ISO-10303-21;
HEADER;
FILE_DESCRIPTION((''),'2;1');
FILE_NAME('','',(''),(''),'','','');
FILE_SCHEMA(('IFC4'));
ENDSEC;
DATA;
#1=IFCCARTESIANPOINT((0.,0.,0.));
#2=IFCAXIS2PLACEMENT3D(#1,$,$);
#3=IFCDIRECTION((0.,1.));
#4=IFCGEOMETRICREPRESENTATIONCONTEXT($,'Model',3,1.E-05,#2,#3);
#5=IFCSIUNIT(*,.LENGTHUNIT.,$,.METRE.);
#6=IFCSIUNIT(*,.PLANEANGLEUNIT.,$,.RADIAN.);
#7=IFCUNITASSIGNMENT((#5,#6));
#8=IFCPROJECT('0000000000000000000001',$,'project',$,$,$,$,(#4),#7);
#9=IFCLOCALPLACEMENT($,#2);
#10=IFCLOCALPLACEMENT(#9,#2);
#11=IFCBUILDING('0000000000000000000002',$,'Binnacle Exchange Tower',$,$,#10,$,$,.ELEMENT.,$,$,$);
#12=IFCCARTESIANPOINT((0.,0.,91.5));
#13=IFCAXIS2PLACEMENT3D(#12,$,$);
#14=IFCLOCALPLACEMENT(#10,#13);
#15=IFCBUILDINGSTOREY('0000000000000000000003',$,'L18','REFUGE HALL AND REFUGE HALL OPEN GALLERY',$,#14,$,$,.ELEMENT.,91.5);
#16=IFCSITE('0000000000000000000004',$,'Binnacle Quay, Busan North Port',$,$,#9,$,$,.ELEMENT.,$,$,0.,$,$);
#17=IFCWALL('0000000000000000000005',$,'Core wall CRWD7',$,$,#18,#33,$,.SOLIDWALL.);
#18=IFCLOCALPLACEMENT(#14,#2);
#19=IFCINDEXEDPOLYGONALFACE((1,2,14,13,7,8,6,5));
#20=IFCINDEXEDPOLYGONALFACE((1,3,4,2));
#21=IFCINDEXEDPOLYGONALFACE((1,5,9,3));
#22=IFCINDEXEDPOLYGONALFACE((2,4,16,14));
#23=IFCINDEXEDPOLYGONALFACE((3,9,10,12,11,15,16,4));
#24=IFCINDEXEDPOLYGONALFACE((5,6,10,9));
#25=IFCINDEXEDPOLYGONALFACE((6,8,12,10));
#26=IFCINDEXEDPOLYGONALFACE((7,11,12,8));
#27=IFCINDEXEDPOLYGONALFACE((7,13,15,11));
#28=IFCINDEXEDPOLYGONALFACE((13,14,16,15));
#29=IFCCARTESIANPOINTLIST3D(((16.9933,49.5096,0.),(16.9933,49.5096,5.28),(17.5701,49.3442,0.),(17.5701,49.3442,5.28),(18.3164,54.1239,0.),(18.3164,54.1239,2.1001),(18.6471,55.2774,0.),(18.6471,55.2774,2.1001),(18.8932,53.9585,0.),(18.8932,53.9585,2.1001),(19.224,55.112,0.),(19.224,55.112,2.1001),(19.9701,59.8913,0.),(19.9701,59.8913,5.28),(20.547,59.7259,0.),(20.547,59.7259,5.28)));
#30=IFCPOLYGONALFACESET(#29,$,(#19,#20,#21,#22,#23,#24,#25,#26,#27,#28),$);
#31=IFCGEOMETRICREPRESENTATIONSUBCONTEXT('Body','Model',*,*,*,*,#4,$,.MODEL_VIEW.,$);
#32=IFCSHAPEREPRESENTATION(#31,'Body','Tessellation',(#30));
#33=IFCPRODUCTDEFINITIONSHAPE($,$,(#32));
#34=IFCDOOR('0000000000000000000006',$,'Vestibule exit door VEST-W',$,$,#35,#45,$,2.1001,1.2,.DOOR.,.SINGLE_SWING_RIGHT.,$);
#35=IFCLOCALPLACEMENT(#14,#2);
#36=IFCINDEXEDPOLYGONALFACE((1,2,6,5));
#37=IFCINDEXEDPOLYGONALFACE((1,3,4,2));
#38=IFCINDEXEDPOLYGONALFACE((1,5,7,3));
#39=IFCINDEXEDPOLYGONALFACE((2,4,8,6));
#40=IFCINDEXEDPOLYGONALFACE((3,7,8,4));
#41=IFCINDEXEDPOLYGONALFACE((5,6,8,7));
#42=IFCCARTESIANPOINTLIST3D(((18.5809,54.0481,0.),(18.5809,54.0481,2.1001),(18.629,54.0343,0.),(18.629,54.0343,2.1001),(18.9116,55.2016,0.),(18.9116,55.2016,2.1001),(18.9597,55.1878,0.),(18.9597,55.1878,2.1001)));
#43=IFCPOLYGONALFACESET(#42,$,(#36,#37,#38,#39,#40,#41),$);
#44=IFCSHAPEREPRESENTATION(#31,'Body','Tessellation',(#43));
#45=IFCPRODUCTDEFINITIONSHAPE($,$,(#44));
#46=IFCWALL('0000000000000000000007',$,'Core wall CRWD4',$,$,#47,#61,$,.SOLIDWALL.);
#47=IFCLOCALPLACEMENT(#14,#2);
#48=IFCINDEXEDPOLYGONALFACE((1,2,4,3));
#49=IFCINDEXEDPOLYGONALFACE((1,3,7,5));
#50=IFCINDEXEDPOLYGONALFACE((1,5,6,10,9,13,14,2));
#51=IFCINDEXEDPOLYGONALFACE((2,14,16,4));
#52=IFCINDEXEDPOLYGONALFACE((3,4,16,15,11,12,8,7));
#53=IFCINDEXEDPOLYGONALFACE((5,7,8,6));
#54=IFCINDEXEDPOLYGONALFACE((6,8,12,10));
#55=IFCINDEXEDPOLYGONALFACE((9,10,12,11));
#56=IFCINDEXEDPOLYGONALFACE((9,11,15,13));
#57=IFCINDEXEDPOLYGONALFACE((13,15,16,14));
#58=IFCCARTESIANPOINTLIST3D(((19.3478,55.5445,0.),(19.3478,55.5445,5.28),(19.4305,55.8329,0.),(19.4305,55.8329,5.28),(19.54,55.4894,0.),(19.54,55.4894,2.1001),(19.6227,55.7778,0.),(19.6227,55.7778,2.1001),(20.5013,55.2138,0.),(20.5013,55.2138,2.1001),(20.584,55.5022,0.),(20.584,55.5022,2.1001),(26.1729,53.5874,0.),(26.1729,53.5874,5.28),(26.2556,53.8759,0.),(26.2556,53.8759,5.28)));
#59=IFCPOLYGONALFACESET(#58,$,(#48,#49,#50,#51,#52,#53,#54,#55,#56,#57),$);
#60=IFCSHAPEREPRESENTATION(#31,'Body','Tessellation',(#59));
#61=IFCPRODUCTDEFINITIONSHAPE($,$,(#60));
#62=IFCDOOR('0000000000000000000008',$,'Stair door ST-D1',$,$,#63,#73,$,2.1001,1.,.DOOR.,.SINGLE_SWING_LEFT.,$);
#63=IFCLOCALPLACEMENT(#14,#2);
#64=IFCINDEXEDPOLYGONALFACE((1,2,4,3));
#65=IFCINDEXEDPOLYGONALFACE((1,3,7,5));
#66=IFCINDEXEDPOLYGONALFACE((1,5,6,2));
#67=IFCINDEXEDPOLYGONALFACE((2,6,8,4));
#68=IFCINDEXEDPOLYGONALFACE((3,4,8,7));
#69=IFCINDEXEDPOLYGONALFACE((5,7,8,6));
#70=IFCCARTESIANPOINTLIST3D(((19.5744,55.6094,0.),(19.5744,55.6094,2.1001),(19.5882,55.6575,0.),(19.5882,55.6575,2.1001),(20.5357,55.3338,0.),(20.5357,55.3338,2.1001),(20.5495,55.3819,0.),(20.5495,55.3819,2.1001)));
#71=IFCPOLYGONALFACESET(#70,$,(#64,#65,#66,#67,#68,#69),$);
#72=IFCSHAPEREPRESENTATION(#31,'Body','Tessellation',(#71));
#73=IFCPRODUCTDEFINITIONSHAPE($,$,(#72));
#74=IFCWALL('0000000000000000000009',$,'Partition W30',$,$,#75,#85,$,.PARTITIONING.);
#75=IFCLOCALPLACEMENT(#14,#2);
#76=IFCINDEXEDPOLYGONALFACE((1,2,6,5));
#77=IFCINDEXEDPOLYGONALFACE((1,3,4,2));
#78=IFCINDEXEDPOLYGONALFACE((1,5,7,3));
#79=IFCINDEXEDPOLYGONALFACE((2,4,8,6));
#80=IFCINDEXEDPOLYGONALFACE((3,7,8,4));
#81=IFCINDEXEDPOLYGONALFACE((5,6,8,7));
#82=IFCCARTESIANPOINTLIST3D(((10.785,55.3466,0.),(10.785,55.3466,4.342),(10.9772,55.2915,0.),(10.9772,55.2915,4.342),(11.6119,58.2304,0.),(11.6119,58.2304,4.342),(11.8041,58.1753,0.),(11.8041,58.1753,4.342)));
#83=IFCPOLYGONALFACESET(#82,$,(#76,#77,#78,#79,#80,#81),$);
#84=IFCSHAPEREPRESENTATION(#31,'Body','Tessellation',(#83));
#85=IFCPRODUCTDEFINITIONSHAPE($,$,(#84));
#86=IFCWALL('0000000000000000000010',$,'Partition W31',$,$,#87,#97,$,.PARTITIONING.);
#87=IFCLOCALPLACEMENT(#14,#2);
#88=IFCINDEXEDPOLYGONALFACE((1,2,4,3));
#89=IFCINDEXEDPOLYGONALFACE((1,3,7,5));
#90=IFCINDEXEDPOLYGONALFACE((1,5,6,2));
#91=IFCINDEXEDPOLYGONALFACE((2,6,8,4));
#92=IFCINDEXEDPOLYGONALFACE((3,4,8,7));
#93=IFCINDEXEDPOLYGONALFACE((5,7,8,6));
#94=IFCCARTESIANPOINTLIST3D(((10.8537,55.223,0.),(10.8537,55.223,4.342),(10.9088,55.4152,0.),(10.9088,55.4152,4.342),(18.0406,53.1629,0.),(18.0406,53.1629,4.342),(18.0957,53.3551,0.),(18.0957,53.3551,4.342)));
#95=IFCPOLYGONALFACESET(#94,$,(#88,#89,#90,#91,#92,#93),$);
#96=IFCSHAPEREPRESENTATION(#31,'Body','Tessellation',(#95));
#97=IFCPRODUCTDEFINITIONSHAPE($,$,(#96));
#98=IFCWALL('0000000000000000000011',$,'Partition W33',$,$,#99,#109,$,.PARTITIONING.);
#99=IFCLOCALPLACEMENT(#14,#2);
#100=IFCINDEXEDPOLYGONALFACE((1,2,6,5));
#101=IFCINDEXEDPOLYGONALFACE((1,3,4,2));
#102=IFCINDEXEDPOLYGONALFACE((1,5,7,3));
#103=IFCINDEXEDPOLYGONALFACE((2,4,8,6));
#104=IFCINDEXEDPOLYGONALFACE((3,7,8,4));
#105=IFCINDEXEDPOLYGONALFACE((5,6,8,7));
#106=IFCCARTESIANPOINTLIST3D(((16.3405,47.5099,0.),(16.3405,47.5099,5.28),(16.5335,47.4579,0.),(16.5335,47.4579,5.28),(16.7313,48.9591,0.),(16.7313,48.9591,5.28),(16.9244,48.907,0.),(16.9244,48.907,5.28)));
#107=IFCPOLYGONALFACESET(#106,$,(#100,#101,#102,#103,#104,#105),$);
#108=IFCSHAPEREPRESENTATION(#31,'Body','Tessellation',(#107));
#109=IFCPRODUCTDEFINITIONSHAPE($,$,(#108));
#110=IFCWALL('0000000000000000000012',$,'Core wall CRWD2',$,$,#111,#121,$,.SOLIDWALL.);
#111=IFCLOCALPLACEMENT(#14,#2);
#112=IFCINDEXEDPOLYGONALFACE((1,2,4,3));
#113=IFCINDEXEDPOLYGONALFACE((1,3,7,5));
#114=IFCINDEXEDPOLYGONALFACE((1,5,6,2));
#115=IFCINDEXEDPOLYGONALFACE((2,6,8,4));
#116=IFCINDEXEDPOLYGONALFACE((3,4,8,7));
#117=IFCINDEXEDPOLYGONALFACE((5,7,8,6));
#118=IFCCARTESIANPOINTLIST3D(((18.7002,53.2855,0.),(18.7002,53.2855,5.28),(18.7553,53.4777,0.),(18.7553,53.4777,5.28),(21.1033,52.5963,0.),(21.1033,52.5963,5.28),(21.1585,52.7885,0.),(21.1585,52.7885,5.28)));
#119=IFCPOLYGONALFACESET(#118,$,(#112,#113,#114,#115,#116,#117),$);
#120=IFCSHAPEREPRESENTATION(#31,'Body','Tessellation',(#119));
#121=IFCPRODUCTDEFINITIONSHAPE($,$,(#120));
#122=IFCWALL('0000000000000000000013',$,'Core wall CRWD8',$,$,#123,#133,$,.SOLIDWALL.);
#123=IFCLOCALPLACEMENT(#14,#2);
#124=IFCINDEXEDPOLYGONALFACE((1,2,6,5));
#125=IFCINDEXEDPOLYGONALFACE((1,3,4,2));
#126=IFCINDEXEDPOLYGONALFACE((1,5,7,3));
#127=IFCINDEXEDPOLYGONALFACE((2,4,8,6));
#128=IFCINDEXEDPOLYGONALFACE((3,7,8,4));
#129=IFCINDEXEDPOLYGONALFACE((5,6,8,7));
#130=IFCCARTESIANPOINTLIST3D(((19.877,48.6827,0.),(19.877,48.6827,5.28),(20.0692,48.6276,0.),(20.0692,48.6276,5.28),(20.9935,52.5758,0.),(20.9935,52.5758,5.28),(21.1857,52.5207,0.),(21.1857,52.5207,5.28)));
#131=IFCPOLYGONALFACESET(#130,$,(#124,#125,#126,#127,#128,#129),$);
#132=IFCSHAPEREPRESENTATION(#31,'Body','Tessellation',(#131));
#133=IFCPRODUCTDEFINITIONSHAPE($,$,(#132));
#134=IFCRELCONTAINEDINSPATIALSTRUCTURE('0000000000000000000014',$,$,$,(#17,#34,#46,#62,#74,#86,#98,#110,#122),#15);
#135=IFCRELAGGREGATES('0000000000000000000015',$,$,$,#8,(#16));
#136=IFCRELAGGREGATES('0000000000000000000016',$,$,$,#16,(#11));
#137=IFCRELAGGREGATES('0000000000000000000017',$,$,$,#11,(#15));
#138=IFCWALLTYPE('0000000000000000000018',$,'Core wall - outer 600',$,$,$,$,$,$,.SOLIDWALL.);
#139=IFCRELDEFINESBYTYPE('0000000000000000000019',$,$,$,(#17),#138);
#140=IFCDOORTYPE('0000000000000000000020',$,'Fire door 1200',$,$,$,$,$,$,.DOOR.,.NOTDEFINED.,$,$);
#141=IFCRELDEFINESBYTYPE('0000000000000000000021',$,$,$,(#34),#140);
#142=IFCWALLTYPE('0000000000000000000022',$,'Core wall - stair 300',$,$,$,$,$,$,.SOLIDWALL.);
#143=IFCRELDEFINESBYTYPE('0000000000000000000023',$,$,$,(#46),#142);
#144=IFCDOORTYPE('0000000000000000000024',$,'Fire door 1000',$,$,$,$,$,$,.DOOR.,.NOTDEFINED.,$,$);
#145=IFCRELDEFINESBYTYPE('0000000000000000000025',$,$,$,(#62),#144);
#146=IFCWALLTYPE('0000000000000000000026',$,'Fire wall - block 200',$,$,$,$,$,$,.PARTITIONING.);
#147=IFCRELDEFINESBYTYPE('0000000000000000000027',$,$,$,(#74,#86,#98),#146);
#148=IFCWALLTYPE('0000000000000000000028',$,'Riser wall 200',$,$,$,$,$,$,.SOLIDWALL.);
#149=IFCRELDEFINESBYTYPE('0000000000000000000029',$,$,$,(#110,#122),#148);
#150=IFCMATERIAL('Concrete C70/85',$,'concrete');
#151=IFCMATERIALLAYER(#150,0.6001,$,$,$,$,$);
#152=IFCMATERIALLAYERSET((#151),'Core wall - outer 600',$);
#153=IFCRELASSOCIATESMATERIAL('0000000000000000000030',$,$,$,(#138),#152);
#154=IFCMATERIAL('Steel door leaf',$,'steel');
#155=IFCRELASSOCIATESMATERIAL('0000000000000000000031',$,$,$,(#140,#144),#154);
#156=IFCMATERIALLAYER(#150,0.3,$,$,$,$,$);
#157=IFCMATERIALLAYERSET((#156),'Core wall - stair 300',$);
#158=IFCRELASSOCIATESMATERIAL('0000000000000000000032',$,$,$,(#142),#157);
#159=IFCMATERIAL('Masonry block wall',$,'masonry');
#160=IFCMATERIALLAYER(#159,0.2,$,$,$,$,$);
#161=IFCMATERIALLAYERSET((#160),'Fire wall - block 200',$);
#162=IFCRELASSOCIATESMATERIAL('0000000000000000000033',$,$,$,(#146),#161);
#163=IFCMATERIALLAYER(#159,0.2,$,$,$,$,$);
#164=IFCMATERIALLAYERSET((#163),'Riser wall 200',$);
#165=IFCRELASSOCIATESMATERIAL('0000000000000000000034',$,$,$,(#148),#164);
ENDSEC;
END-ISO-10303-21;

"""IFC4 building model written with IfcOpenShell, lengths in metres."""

from ifc_helpers import new_model, si_unit, direction, frame, frame_2d, origin, place, context, subcontext, project, spatial, rectangle, extrude, material, layer, layer_set, type_object, element, fill, save


model = new_model("IFC4")

# Units and contexts
model_context = context("Model", 3, precision=1e-05, world=origin(), true_north=direction((0.0, 1.0)))
body_context = subcontext(model_context, "Body", "Model", "MODEL_VIEW")
ifc_project = project(units=[si_unit("LENGTHUNIT", "METRE"), si_unit("PLANEANGLEUNIT", "RADIAN")], contexts=[model_context])

# Site, building, storey
site_placement = place(None, origin())
site = spatial("IfcSite", under=ifc_project, at=site_placement, Name="Binnacle Quay, Busan North Port", CompositionType="ELEMENT", RefElevation=0.0)
building_placement = place(site_placement, origin())
building = spatial("IfcBuilding", under=site, at=building_placement, Name="Binnacle Exchange Tower", CompositionType="ELEMENT")
storey_placement = place(building_placement, frame((0.0, 0.0, 91.5)))
storey = spatial("IfcBuildingStorey", under=building, at=storey_placement, Name="L18", Description="REFUGE HALL AND REFUGE HALL OPEN GALLERY", CompositionType="ELEMENT", Elevation=91.5)

# Shared definitions
ifc_material_1 = material(Name="Concrete C70/85", Category="concrete")

# Shared definitions
ifc_layer_1 = layer(ifc_material_1, 0.6001)
ifc_layer_set_1 = layer_set([ifc_layer_1], Name="Core wall - outer 600")
wall_type_1 = type_object("IfcWallType", Name="Core wall - outer 600", PredefinedType="SOLIDWALL", material=ifc_layer_set_1)

# Walls, openings, doors
wall_1_placement = place(storey_placement, frame((17.2817, 49.427, 0.0), z_axis=(0.0, 0.0, 1.0), x_axis=(0.275632, 0.961263, 0.0)))
wall_1 = element("IfcWall", 1, at=wall_1_placement, inside=storey, type_object=wall_type_1, Name="Core wall CRWD7", PredefinedType="SOLIDWALL", context=body_context, shape_type="SweptSolid", body=[
    extrude(rectangle(XDim=10.8, YDim=0.6001, at=frame_2d((5.3999, 0.0))), origin(), (0.0, 0.0, 1.0), 5.28),
])
opening_1_placement = place(wall_1_placement, frame((4.8, 0.0, 0.0)))
opening_1 = element("IfcOpeningElement", 2, at=opening_1_placement, cuts=wall_1, PredefinedType="OPENING", context=body_context, shape_type="SweptSolid", body=[
    extrude(rectangle(XDim=1.2, YDim=2.1001, at=frame_2d((0.6001, 1.05))), frame((0.0, 0.3101, 0.0), z_axis=(0.0, -1.0, 0.0), x_axis=(1.0, 0.0, 0.0)), (0.0, 0.0, 1.0), 0.6201),
])
ifc_material_2 = material(Name="Steel door leaf", Category="steel")
door_type_1 = type_object("IfcDoorType", Name="Fire door 1200", OperationType="NOTDEFINED", PredefinedType="DOOR", material=ifc_material_2)
door_1_placement = place(opening_1_placement, origin())
door_1 = element("IfcDoor", 3, at=door_1_placement, inside=storey, type_object=door_type_1, Name="Vestibule exit door VEST-W", OperationType="SINGLE_SWING_RIGHT", OverallHeight=2.1001, OverallWidth=1.2, PredefinedType="DOOR", context=body_context, shape_type="SweptSolid", body=[
    extrude(rectangle(XDim=1.2, YDim=2.1001, at=frame_2d((0.6001, 1.05))), frame((0.0, 0.0249, 0.0), z_axis=(0.0, -1.0, 0.0), x_axis=(1.0, 0.0, 0.0)), (0.0, 0.0, 1.0), 0.05),
])
fill(opening_1, door_1)
ifc_layer_2 = layer(ifc_material_1, 0.3)
ifc_layer_set_2 = layer_set([ifc_layer_2], Name="Core wall - stair 300")
wall_type_2 = type_object("IfcWallType", Name="Core wall - stair 300", PredefinedType="SOLIDWALL", material=ifc_layer_set_2)
wall_2_placement = place(storey_placement, frame((19.3892, 55.6887, 0.0), z_axis=(0.0, 0.0, 1.0), x_axis=(0.961261, -0.275638, 0.0)))
wall_2 = element("IfcWall", 4, at=wall_2_placement, inside=storey, type_object=wall_type_2, Name="Core wall CRWD4", PredefinedType="SOLIDWALL", context=body_context, shape_type="SweptSolid", body=[
    extrude(rectangle(XDim=7.1001, YDim=0.3, at=frame_2d((3.55, 0.0))), origin(), (0.0, 0.0, 1.0), 5.28),
])
opening_2_placement = place(wall_2_placement, frame((0.2, 0.0, 0.0)))
opening_2 = element("IfcOpeningElement", 5, at=opening_2_placement, cuts=wall_2, PredefinedType="OPENING", context=body_context, shape_type="SweptSolid", body=[
    extrude(rectangle(XDim=1.0, YDim=2.1001, at=frame_2d((0.5, 1.05))), frame((0.0, 0.1599, 0.0), z_axis=(0.0, -1.0, 0.0), x_axis=(1.0, 0.0, 0.0)), (0.0, 0.0, 1.0), 0.3201),
])
door_type_2 = type_object("IfcDoorType", Name="Fire door 1000", OperationType="NOTDEFINED", PredefinedType="DOOR", material=ifc_material_2)
door_2_placement = place(opening_2_placement, origin())
door_2 = element("IfcDoor", 6, at=door_2_placement, inside=storey, type_object=door_type_2, Name="Stair door ST-D1", OperationType="SINGLE_SWING_LEFT", OverallHeight=2.1001, OverallWidth=1.0, PredefinedType="DOOR", context=body_context, shape_type="SweptSolid", body=[
    extrude(rectangle(XDim=1.0, YDim=2.1001, at=frame_2d((0.5, 1.05))), frame((0.0, 0.0249, 0.0), z_axis=(0.0, -1.0, 0.0), x_axis=(1.0, 0.0, 0.0)), (0.0, 0.0, 1.0), 0.05),
])
fill(opening_2, door_2)

# Walls
ifc_material_3 = material(Name="Masonry block wall", Category="masonry")
ifc_layer_3 = layer(ifc_material_3, 0.2)
ifc_layer_set_3 = layer_set([ifc_layer_3], Name="Fire wall - block 200")
wall_type_3 = type_object("IfcWallType", Name="Fire wall - block 200", PredefinedType="PARTITIONING", material=ifc_layer_set_3)
wall_3_placement = place(storey_placement, frame((10.8811, 55.3191, 0.0), z_axis=(0.0, 0.0, 1.0), x_axis=(0.275635, 0.961262, 0.0)))
element("IfcWall", 7, at=wall_3_placement, inside=storey, type_object=wall_type_3, Name="Partition W30", PredefinedType="PARTITIONING", context=body_context, shape_type="SweptSolid", body=[
    extrude(rectangle(XDim=3.0, YDim=0.2, at=frame_2d((1.5, 0.0))), origin(), (0.0, 0.0, 1.0), 4.342),
])
wall_4_placement = place(storey_placement, frame((10.8811, 55.3191, 0.0), z_axis=(0.0, 0.0, 1.0), x_axis=(0.961289, -0.27554, 0.0)))
element("IfcWall", 8, at=wall_4_placement, inside=storey, type_object=wall_type_3, Name="Partition W31", PredefinedType="PARTITIONING", context=body_context, shape_type="SweptSolid", body=[
    extrude(rectangle(XDim=7.4763, YDim=0.2, at=frame_2d((3.7383, 0.0))), origin(), (0.0, 0.0, 1.0), 4.342),
])
wall_5_placement = place(storey_placement, frame((16.437, 47.4839, 0.0), z_axis=(0.0, 0.0, 1.0), x_axis=(0.260405, 0.965499, 0.0)))
element("IfcWall", 9, at=wall_5_placement, inside=storey, type_object=wall_type_3, Name="Partition W33", PredefinedType="PARTITIONING", context=body_context, shape_type="SweptSolid", body=[
    extrude(rectangle(XDim=1.501, YDim=0.2, at=frame_2d((0.7505, 0.0))), origin(), (0.0, 0.0, 1.0), 5.28),
])
ifc_layer_4 = layer(ifc_material_3, 0.2)
ifc_layer_set_4 = layer_set([ifc_layer_4], Name="Riser wall 200")
wall_type_4 = type_object("IfcWallType", Name="Riser wall 200", PredefinedType="SOLIDWALL", material=ifc_layer_set_4)
wall_6_placement = place(storey_placement, frame((18.7278, 53.3816, 0.0), z_axis=(0.0, 0.0, 1.0), x_axis=(0.961247, -0.275688, 0.0)))
element("IfcWall", 10, at=wall_6_placement, inside=storey, type_object=wall_type_4, Name="Core wall CRWD2", PredefinedType="SOLIDWALL", context=body_context, shape_type="SweptSolid", body=[
    extrude(rectangle(XDim=2.5, YDim=0.2, at=frame_2d((1.25, 0.0))), origin(), (0.0, 0.0, 1.0), 5.28),
])
wall_7_placement = place(storey_placement, frame((19.9731, 48.6553, 0.0), z_axis=(0.0, 0.0, 1.0), x_axis=(0.275668, 0.961253, 0.0)))
element("IfcWall", 11, at=wall_7_placement, inside=storey, type_object=wall_type_4, Name="Core wall CRWD8", PredefinedType="SOLIDWALL", context=body_context, shape_type="SweptSolid", body=[
    extrude(rectangle(XDim=4.05, YDim=0.2, at=frame_2d((2.0249, 0.0))), origin(), (0.0, 0.0, 1.0), 5.28),
])

save(model, "model.ifc")
